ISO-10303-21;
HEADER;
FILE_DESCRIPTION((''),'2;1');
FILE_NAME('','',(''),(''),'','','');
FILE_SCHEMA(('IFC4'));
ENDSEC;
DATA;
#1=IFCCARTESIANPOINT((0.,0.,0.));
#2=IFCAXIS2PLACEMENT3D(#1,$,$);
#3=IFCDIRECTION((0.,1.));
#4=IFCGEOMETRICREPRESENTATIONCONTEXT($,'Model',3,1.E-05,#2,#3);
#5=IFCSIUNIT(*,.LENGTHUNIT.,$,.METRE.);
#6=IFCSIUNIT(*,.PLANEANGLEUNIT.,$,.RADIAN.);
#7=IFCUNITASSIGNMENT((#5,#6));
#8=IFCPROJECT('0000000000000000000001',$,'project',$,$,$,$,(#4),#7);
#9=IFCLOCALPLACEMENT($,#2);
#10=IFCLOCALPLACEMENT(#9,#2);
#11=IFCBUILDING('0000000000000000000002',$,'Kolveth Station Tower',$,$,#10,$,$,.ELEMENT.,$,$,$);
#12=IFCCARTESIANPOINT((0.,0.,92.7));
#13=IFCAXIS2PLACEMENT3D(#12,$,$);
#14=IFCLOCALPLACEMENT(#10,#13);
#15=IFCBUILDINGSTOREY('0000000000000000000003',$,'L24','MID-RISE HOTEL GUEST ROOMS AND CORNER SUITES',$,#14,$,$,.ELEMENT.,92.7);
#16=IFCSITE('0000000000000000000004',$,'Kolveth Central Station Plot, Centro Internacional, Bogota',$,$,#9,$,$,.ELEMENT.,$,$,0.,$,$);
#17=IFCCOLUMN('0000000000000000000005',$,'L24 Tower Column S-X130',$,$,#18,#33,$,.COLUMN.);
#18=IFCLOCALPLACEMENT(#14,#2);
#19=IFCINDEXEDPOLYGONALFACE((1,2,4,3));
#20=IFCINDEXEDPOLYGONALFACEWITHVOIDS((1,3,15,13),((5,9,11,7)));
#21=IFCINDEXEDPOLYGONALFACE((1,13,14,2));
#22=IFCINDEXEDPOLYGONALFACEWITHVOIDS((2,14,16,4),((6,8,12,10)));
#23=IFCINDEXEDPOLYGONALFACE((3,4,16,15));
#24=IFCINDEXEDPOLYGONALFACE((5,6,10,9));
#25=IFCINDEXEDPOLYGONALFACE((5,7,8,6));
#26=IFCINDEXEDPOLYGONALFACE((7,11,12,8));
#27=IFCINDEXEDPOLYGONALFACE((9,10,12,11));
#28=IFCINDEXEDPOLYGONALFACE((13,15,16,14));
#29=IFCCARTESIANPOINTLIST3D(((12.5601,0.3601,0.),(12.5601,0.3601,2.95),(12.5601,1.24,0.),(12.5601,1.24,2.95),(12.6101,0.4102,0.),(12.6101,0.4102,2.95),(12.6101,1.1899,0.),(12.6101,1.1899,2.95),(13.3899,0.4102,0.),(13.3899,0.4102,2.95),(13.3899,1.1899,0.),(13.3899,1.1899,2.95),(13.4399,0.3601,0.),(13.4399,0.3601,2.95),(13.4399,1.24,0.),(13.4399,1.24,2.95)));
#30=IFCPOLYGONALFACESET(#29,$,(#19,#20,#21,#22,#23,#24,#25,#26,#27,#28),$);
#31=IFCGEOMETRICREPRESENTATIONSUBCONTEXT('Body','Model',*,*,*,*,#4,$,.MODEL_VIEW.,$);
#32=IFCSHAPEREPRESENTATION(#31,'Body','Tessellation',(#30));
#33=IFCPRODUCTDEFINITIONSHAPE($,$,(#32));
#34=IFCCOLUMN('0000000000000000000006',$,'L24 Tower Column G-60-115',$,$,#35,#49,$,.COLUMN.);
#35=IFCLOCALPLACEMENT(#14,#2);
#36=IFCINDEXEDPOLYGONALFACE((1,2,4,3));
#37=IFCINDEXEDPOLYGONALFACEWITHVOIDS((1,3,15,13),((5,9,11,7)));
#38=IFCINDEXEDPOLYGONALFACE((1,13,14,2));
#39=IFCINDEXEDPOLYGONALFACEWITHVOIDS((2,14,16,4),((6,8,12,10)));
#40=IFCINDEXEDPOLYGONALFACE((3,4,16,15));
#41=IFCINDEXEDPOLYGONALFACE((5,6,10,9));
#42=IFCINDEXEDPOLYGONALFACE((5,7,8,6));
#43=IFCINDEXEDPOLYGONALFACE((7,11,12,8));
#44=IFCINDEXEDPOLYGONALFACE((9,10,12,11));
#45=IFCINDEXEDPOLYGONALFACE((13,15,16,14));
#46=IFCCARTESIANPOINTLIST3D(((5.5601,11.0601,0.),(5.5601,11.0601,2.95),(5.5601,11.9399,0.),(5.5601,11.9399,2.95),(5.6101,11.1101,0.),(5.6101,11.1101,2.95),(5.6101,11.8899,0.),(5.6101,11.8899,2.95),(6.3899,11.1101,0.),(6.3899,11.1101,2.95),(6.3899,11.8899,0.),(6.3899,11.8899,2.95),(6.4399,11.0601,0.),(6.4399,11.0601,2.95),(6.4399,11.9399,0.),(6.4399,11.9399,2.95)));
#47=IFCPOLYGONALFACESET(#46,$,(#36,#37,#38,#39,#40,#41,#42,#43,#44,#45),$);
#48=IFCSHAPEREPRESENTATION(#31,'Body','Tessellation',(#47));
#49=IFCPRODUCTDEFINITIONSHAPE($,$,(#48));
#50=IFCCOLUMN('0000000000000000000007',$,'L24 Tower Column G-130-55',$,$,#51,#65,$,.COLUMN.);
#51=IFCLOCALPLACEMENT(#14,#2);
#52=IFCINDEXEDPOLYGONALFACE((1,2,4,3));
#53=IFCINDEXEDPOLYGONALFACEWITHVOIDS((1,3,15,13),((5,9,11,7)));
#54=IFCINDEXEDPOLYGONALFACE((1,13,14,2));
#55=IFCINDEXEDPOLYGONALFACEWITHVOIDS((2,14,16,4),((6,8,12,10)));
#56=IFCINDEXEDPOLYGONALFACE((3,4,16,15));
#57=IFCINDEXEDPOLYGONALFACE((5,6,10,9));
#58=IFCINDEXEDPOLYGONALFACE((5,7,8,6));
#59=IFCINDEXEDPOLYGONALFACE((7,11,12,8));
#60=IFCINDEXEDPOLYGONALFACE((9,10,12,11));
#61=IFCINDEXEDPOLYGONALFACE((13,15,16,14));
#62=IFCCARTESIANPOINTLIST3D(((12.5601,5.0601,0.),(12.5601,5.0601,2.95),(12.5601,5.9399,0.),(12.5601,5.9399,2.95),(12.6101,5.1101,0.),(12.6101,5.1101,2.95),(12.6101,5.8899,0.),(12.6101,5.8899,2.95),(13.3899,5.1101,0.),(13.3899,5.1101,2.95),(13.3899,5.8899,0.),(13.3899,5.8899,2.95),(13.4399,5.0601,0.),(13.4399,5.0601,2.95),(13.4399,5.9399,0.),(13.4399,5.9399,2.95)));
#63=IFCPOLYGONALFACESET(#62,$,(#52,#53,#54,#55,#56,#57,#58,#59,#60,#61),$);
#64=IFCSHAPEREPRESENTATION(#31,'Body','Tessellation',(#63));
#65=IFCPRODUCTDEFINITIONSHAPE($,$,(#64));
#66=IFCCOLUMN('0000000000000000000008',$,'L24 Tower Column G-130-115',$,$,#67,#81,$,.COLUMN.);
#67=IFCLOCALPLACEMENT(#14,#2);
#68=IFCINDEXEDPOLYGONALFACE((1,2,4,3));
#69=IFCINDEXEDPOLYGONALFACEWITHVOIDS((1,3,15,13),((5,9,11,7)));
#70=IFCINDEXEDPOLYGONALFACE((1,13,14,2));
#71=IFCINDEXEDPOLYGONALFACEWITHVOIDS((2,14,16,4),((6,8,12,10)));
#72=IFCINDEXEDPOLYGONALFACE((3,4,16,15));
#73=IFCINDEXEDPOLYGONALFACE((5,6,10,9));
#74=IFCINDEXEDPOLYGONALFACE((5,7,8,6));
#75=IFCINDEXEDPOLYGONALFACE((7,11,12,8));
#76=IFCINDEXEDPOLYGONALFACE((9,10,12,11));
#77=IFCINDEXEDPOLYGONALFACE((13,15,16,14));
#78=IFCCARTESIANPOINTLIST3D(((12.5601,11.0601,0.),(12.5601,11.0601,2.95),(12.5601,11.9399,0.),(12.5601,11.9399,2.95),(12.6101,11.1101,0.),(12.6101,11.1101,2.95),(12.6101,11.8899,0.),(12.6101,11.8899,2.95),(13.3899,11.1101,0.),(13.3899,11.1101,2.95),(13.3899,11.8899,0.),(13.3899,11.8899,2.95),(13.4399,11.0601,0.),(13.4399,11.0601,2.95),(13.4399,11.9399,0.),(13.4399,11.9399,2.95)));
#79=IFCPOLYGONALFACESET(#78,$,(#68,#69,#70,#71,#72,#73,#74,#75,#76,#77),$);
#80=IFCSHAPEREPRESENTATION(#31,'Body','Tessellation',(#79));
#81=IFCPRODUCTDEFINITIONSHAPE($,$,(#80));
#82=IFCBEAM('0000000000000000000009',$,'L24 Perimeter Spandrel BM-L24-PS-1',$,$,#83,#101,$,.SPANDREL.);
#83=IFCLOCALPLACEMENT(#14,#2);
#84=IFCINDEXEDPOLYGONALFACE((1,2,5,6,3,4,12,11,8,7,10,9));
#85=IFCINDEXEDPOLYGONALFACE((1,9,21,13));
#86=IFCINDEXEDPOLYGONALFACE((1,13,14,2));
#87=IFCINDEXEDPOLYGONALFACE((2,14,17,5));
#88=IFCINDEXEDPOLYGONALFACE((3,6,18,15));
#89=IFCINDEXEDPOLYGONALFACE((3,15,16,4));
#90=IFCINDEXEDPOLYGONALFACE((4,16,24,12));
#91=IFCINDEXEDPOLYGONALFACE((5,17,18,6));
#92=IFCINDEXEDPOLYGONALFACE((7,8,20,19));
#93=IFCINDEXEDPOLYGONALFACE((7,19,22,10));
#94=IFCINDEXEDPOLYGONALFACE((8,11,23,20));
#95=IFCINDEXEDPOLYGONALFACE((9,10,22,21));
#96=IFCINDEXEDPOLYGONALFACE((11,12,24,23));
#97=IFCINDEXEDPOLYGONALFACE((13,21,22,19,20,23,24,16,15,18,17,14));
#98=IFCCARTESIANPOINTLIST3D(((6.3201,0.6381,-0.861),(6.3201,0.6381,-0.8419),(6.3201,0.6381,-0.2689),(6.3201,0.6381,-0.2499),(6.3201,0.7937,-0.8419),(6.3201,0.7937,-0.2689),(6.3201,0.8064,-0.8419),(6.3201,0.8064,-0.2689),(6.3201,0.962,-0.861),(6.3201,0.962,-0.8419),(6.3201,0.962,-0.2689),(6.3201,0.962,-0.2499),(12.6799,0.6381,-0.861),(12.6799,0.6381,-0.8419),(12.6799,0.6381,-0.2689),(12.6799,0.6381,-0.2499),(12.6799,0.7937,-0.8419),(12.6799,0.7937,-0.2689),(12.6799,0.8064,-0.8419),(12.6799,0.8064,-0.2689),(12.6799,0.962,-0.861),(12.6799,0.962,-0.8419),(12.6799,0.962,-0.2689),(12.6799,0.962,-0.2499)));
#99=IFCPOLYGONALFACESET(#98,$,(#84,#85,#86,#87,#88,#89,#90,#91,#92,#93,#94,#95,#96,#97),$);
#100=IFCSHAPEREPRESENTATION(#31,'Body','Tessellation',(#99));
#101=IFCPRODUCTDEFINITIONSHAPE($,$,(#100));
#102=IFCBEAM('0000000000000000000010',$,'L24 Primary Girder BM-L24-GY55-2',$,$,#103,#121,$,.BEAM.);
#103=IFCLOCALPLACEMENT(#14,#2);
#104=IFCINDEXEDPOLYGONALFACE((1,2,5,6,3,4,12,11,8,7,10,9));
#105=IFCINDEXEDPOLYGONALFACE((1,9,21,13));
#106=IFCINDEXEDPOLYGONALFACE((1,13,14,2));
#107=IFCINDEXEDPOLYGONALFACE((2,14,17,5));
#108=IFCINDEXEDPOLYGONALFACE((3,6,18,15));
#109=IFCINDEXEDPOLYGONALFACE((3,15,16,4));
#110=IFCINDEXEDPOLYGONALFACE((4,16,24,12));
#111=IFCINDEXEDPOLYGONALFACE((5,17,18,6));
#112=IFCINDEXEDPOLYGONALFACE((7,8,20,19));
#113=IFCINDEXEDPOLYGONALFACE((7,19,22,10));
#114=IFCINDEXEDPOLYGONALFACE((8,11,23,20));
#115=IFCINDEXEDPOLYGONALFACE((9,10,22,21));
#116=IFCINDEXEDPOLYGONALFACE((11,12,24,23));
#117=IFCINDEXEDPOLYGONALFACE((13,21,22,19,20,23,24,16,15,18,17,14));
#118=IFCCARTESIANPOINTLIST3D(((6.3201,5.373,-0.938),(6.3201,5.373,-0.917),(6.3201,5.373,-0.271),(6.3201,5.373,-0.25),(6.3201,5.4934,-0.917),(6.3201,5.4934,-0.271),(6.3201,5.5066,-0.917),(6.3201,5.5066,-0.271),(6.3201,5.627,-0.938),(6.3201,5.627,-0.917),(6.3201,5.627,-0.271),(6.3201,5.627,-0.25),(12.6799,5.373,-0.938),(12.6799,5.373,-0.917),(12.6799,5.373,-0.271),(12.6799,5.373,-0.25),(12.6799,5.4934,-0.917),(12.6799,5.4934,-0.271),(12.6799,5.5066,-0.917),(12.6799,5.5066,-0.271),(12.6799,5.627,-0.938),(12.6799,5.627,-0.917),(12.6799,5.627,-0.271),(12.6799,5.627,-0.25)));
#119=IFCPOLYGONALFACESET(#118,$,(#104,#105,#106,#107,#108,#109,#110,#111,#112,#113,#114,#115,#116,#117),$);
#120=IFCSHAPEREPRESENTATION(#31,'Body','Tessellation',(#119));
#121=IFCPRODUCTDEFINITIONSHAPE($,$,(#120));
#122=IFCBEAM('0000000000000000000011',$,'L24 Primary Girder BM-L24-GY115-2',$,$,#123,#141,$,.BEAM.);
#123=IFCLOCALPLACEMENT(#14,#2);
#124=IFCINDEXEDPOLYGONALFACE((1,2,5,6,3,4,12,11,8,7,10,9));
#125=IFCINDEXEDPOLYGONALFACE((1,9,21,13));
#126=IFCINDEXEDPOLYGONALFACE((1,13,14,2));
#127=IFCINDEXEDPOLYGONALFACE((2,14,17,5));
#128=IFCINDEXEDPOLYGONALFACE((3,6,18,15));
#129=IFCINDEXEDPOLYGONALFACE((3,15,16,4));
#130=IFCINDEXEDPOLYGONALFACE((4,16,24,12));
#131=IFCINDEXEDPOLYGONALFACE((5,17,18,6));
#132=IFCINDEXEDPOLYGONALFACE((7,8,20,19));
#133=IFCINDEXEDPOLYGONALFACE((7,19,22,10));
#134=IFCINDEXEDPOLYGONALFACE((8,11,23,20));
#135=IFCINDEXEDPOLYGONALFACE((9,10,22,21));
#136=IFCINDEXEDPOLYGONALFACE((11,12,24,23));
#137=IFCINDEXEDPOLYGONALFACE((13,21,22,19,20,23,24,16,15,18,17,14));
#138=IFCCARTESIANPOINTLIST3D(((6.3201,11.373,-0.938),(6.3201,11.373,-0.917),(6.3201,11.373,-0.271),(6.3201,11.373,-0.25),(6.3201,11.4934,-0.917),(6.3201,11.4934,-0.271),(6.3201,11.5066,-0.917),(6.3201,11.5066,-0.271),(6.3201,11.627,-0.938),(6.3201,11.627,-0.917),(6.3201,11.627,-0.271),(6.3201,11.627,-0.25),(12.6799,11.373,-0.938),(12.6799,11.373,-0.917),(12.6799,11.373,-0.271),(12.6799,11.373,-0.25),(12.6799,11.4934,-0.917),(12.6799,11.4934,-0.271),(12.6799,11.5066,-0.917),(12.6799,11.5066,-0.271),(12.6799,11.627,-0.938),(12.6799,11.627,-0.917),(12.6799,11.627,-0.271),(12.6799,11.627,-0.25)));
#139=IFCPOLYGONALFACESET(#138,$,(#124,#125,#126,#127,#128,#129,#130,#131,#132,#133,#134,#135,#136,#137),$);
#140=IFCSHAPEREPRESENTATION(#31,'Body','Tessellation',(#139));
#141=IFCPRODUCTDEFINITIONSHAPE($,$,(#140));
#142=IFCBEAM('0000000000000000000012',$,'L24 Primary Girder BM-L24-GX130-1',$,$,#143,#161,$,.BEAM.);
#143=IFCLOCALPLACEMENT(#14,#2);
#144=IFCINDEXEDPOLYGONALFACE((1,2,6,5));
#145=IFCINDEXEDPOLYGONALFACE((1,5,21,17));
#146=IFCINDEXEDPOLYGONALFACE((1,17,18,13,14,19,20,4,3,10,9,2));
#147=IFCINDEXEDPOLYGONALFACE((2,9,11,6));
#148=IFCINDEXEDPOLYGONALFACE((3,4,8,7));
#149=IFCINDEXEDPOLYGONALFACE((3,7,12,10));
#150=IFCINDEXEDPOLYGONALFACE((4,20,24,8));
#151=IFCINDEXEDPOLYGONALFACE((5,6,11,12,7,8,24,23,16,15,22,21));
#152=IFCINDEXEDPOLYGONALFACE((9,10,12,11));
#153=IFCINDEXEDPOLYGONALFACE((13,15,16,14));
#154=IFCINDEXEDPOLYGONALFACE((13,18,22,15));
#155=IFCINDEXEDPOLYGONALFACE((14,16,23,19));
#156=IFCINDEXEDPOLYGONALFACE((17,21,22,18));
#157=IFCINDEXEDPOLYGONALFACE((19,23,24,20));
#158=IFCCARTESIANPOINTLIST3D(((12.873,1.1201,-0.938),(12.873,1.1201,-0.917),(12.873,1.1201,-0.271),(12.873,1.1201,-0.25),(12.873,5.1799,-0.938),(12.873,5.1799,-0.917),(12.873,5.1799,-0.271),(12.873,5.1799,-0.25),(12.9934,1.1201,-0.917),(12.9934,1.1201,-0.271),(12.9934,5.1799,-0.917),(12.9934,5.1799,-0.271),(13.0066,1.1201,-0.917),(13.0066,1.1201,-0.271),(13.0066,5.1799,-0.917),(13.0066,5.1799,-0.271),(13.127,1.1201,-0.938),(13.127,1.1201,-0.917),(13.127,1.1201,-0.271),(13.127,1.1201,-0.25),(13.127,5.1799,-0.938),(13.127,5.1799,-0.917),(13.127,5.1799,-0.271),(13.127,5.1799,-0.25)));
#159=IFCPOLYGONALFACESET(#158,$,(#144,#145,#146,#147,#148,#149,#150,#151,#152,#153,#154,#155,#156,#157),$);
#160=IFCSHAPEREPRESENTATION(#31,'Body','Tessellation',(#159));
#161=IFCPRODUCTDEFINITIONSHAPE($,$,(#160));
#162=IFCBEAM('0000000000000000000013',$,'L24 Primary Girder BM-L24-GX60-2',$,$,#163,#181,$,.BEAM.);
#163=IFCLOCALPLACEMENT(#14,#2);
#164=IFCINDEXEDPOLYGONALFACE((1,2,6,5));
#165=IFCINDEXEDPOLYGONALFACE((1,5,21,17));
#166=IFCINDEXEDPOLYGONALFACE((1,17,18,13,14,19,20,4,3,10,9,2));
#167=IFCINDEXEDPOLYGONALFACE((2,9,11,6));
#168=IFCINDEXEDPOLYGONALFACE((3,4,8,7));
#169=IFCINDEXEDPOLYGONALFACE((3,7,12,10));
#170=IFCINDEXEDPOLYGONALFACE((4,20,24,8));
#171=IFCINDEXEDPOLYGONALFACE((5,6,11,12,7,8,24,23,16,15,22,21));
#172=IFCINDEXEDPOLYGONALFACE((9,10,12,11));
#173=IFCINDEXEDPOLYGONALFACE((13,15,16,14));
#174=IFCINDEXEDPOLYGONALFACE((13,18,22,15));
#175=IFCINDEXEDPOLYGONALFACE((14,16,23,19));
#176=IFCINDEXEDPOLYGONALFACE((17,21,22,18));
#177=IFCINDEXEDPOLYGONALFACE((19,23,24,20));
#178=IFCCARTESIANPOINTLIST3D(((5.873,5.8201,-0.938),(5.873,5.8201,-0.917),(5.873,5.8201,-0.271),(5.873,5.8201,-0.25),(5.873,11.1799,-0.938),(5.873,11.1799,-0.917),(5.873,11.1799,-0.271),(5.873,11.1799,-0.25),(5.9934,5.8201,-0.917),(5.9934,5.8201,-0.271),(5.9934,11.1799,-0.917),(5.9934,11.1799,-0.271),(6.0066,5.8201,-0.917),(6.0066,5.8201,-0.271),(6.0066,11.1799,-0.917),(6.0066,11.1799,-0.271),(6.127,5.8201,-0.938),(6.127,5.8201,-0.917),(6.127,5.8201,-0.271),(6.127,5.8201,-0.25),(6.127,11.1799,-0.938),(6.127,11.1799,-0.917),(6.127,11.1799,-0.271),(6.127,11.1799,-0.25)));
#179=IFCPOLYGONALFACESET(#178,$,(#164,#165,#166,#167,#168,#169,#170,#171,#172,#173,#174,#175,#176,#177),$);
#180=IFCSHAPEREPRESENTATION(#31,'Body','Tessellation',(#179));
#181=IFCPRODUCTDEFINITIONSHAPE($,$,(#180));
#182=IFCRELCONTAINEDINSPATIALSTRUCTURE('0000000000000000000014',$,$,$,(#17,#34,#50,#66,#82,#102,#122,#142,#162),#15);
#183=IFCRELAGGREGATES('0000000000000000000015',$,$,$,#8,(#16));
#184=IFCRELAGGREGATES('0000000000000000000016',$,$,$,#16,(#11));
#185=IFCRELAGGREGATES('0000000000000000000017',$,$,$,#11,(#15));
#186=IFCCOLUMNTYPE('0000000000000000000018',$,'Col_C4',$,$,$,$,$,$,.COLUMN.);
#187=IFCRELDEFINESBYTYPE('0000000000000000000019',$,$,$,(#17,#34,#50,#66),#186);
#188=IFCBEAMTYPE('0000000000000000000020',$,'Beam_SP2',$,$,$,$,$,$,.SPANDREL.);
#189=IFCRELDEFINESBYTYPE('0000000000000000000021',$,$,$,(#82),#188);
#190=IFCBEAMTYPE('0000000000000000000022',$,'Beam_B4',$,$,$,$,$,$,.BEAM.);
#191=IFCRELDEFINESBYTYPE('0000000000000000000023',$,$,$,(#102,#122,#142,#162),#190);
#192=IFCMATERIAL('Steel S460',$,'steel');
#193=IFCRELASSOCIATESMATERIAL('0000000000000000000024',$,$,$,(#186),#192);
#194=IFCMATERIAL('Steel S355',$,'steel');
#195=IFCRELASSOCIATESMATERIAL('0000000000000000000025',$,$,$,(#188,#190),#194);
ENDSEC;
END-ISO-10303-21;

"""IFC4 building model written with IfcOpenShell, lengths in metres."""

from ifc_helpers import new_model, si_unit, direction, frame, origin, origin_2d, place, context, subcontext, project, spatial, hollow_rectangle, i_section, extrude, source, transform, mapped, material, material_profile, profile_set, type_object, element, save


model = new_model("IFC4")

# Units and contexts
model_context = context("Model", 3, precision=1e-05, world=origin(), true_north=direction((0.0, 1.0)))
body_context = subcontext(model_context, "Body", "Model", "MODEL_VIEW")
ifc_project = project(units=[si_unit("LENGTHUNIT", "METRE"), si_unit("PLANEANGLEUNIT", "RADIAN")], contexts=[model_context])

# Site, building, storey
site_placement = place(None, origin())
site = spatial("IfcSite", under=ifc_project, at=site_placement, Name="Kolveth Central Station Plot, Centro Internacional, Bogota", CompositionType="ELEMENT", RefElevation=0.0)
building_placement = place(site_placement, origin())
building = spatial("IfcBuilding", under=site, at=building_placement, Name="Kolveth Station Tower", CompositionType="ELEMENT")
storey_placement = place(building_placement, frame((0.0, 0.0, 92.7)))
storey = spatial("IfcBuildingStorey", under=building, at=storey_placement, Name="L24", Description="MID-RISE HOTEL GUEST ROOMS AND CORNER SUITES", CompositionType="ELEMENT", Elevation=92.7)

# Columns
ifc_material_1 = material(Name="Steel S460", Category="steel")
ifc_material_profile_1 = material_profile(ifc_material_1, hollow_rectangle(XDim=0.8799, YDim=0.8799, WallThickness=0.05, at=origin_2d()), Name="BOX880x880x50")
ifc_profile_set_1 = profile_set([ifc_material_profile_1], Name="Steel S460")
column_type = type_object("IfcColumnType", Name="Col_C4", PredefinedType="COLUMN", material=ifc_profile_set_1)
shared_shape_1 = source(origin(), body_context, "Body", "SweptSolid", [
    extrude(hollow_rectangle(XDim=0.8799, YDim=0.8799, WallThickness=0.05, at=origin_2d()), origin(), (0.0, 0.0, 1.0), 2.95),
])
for number, where, z_axis, x_axis, name in (
    (1, (13.0, 0.8, 0.0), (0.0, 0.0, 1.0), (1.0, 0.0, 0.0), "L24 Tower Column S-X130"),
    (2, (6.0, 11.5, 0.0), (0.0, 0.0, 1.0), (1.0, 0.0, 0.0), "L24 Tower Column G-60-115"),
    (3, (13.0, 5.5, 0.0), (0.0, 0.0, 1.0), (1.0, 0.0, 0.0), "L24 Tower Column G-130-55"),
    (4, (13.0, 11.5, 0.0), (0.0, 0.0, 1.0), (1.0, 0.0, 0.0), "L24 Tower Column G-130-115"),
):
    element("IfcColumn", number, at=place(storey_placement, frame(where, z_axis=z_axis, x_axis=x_axis)), inside=storey, type_object=column_type, Name=name, PredefinedType="COLUMN", context=body_context, shape_type="MappedRepresentation", body=[
        mapped(shared_shape_1, transform((0.0, 0.0, 0.0), x_axis=(1.0, 0.0, 0.0), y_axis=(0.0, 1.0, 0.0), z_axis=(0.0, 0.0, 1.0), scale=1.0)),
    ])

# Beams
ifc_material_2 = material(Name="Steel S355", Category="steel")
ifc_material_profile_2 = material_profile(ifc_material_2, i_section(OverallWidth=0.324, OverallDepth=0.6111, WebThickness=0.0127, FlangeThickness=0.019, at=origin_2d()), Name="W610x155")
ifc_profile_set_2 = profile_set([ifc_material_profile_2], Name="Steel S355")
beam_type_1 = type_object("IfcBeamType", Name="Beam_SP2", PredefinedType="SPANDREL", material=ifc_profile_set_2)
shared_shape_2 = source(origin(), body_context, "Body", "SweptSolid", [
    extrude(i_section(OverallWidth=0.324, OverallDepth=0.6111, WebThickness=0.0127, FlangeThickness=0.019, at=origin_2d()), origin(), (0.0, 0.0, 1.0), 6.3599),
])
beam_1_placement = place(storey_placement, frame((6.3201, 0.8, -0.5554), z_axis=(1.0, 0.0, 0.0), x_axis=(0.0, 1.0, 0.0)))
element("IfcBeam", 5, at=beam_1_placement, inside=storey, type_object=beam_type_1, Name="L24 Perimeter Spandrel BM-L24-PS-1", PredefinedType="SPANDREL", context=body_context, shape_type="MappedRepresentation", body=[
    mapped(shared_shape_2, transform((0.0, 0.0, 0.0), x_axis=(1.0, 0.0, 0.0), y_axis=(0.0, 1.0, 0.0), z_axis=(0.0, 0.0, 1.0), scale=1.0)),
])
ifc_material_profile_3 = material_profile(ifc_material_2, i_section(OverallWidth=0.2539, OverallDepth=0.688, WebThickness=0.0132, FlangeThickness=0.021, at=origin_2d()), Name="W690x152")
ifc_profile_set_3 = profile_set([ifc_material_profile_3], Name="Steel S355")
beam_type_2 = type_object("IfcBeamType", Name="Beam_B4", PredefinedType="BEAM", material=ifc_profile_set_3)
shared_shape_3 = source(origin(), body_context, "Body", "SweptSolid", [
    extrude(i_section(OverallWidth=0.2539, OverallDepth=0.688, WebThickness=0.0132, FlangeThickness=0.021, at=origin_2d()), origin(), (0.0, 0.0, 1.0), 6.3599),
])
for number, where, z_axis, x_axis, name in (
    (6, (6.3201, 5.5, -0.594), (1.0, 0.0, 0.0), (0.0, 1.0, 0.0), "L24 Primary Girder BM-L24-GY55-2"),
    (7, (6.3201, 11.5, -0.594), (1.0, 0.0, 0.0), (0.0, 1.0, 0.0), "L24 Primary Girder BM-L24-GY115-2"),
):
    element("IfcBeam", number, at=place(storey_placement, frame(where, z_axis=z_axis, x_axis=x_axis)), inside=storey, type_object=beam_type_2, Name=name, PredefinedType="BEAM", context=body_context, shape_type="MappedRepresentation", body=[
        mapped(shared_shape_3, transform((0.0, 0.0, 0.0), x_axis=(1.0, 0.0, 0.0), y_axis=(0.0, 1.0, 0.0), z_axis=(0.0, 0.0, 1.0), scale=1.0)),
    ])
shared_shape_4 = source(origin(), body_context, "Body", "SweptSolid", [
    extrude(i_section(OverallWidth=0.2539, OverallDepth=0.688, WebThickness=0.0132, FlangeThickness=0.021, at=origin_2d()), origin(), (0.0, 0.0, 1.0), 4.0598),
])
beam_2_placement = place(storey_placement, frame((13.0, 1.1201, -0.594), z_axis=(0.0, 1.0, 0.0), x_axis=(-1.0, 0.0, 0.0)))
element("IfcBeam", 8, at=beam_2_placement, inside=storey, type_object=beam_type_2, Name="L24 Primary Girder BM-L24-GX130-1", PredefinedType="BEAM", context=body_context, shape_type="MappedRepresentation", body=[
    mapped(shared_shape_4, transform((0.0, 0.0, 0.0), x_axis=(1.0, 0.0, 0.0), y_axis=(0.0, 1.0, 0.0), z_axis=(0.0, 0.0, 1.0), scale=1.0)),
])
shared_shape_5 = source(origin(), body_context, "Body", "SweptSolid", [
    extrude(i_section(OverallWidth=0.2539, OverallDepth=0.688, WebThickness=0.0132, FlangeThickness=0.021, at=origin_2d()), origin(), (0.0, 0.0, 1.0), 5.3599),
])
for number, where, z_axis, x_axis, name in (
    (9, (6.0, 5.8201, -0.594), (0.0, 1.0, 0.0), (-1.0, 0.0, 0.0), "L24 Primary Girder BM-L24-GX60-2"),
):
    element("IfcBeam", number, at=place(storey_placement, frame(where, z_axis=z_axis, x_axis=x_axis)), inside=storey, type_object=beam_type_2, Name=name, PredefinedType="BEAM", context=body_context, shape_type="MappedRepresentation", body=[
        mapped(shared_shape_5, transform((0.0, 0.0, 0.0), x_axis=(1.0, 0.0, 0.0), y_axis=(0.0, 1.0, 0.0), z_axis=(0.0, 0.0, 1.0), scale=1.0)),
    ])

save(model, "model.ifc")
